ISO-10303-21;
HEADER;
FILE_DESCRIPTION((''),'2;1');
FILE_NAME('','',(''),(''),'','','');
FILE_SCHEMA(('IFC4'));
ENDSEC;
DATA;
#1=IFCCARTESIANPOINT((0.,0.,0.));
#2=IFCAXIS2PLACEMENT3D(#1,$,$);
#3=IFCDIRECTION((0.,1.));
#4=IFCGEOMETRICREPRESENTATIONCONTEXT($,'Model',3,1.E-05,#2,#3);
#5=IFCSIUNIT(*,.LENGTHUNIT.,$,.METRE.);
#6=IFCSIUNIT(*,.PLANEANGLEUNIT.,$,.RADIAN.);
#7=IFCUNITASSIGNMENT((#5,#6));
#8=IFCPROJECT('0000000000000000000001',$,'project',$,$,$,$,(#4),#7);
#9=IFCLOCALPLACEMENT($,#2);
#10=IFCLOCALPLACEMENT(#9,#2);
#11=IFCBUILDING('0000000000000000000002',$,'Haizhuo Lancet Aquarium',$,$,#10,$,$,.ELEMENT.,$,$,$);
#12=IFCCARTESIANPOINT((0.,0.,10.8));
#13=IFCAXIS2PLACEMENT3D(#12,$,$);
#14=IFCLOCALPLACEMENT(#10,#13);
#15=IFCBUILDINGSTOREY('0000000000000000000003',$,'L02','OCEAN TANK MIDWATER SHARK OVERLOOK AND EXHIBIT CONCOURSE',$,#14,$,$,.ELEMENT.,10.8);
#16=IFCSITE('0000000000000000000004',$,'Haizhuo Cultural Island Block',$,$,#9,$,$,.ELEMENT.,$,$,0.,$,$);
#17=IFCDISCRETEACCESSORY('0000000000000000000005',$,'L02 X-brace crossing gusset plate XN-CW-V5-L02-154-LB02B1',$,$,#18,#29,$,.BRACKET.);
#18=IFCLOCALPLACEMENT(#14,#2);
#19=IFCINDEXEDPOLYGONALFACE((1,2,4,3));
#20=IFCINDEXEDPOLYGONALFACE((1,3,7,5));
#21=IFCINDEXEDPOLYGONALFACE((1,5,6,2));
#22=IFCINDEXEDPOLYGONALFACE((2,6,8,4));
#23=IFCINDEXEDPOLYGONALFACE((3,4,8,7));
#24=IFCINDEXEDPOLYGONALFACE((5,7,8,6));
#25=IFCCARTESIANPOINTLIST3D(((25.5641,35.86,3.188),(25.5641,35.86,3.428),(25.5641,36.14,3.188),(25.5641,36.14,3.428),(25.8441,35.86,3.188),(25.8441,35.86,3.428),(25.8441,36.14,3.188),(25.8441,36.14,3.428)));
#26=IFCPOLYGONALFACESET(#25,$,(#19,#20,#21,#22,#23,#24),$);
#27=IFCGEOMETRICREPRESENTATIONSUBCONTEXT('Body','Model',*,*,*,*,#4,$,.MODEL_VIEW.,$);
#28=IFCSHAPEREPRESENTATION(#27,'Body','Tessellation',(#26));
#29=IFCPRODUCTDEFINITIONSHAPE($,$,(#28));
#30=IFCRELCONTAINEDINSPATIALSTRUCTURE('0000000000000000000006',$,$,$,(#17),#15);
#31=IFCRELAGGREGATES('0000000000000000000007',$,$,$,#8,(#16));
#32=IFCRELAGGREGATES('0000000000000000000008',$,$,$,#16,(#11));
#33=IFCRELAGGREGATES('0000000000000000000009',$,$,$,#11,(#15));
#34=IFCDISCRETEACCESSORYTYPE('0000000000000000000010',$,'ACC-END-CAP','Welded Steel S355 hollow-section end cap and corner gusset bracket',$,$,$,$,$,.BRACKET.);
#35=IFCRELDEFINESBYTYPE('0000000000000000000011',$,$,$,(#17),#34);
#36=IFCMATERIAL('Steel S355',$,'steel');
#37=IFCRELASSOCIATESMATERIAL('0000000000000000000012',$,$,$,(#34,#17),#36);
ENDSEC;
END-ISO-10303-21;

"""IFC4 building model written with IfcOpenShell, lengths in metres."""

from ifc_helpers import new_model, si_unit, direction, frame, origin, origin_2d, place, context, subcontext, project, spatial, rectangle, extrude, material, type_object, element, save


model = new_model("IFC4")

# Units and contexts
model_context = context("Model", 3, precision=1e-05, world=origin(), true_north=direction((0.0, 1.0)))
body_context = subcontext(model_context, "Body", "Model", "MODEL_VIEW")
ifc_project = project(units=[si_unit("LENGTHUNIT", "METRE"), si_unit("PLANEANGLEUNIT", "RADIAN")], contexts=[model_context])

# Site, building, storey
site_placement = place(None, origin())
site = spatial("IfcSite", under=ifc_project, at=site_placement, Name="Haizhuo Cultural Island Block", CompositionType="ELEMENT", RefElevation=0.0)
building_placement = place(site_placement, origin())
building = spatial("IfcBuilding", under=site, at=building_placement, Name="Haizhuo Lancet Aquarium", CompositionType="ELEMENT")
storey_placement = place(building_placement, frame((0.0, 0.0, 10.8)))
storey = spatial("IfcBuildingStorey", under=building, at=storey_placement, Name="L02", Description="OCEAN TANK MIDWATER SHARK OVERLOOK AND EXHIBIT CONCOURSE", CompositionType="ELEMENT", Elevation=10.8)

# Shared definitions
ifc_material_1 = material(Name="Steel S355", Category="steel")

# Discrete accessory
discrete_accessory_type = type_object("IfcDiscreteAccessoryType", Name="ACC-END-CAP", Description="Welded Steel S355 hollow-section end cap and corner gusset bracket", PredefinedType="BRACKET", material=ifc_material_1)
for number, where, z_axis, x_axis, name in (
    (1, (25.7041, 36.0, 3.188), (0.0, 0.0, 1.0), (1.0, 0.0, 0.0), "L02 X-brace crossing gusset plate XN-CW-V5-L02-154-LB02B1"),
):
    element("IfcDiscreteAccessory", number, at=place(storey_placement, frame(where, z_axis=z_axis, x_axis=x_axis)), inside=storey, type_object=discrete_accessory_type, material=ifc_material_1, Name=name, PredefinedType="BRACKET", context=body_context, shape_type="SweptSolid", body=[
        extrude(rectangle(XDim=0.28, YDim=0.28, at=origin_2d()), origin(), (0.0, 0.0, 1.0), 0.24),
    ])

save(model, "model.ifc")
